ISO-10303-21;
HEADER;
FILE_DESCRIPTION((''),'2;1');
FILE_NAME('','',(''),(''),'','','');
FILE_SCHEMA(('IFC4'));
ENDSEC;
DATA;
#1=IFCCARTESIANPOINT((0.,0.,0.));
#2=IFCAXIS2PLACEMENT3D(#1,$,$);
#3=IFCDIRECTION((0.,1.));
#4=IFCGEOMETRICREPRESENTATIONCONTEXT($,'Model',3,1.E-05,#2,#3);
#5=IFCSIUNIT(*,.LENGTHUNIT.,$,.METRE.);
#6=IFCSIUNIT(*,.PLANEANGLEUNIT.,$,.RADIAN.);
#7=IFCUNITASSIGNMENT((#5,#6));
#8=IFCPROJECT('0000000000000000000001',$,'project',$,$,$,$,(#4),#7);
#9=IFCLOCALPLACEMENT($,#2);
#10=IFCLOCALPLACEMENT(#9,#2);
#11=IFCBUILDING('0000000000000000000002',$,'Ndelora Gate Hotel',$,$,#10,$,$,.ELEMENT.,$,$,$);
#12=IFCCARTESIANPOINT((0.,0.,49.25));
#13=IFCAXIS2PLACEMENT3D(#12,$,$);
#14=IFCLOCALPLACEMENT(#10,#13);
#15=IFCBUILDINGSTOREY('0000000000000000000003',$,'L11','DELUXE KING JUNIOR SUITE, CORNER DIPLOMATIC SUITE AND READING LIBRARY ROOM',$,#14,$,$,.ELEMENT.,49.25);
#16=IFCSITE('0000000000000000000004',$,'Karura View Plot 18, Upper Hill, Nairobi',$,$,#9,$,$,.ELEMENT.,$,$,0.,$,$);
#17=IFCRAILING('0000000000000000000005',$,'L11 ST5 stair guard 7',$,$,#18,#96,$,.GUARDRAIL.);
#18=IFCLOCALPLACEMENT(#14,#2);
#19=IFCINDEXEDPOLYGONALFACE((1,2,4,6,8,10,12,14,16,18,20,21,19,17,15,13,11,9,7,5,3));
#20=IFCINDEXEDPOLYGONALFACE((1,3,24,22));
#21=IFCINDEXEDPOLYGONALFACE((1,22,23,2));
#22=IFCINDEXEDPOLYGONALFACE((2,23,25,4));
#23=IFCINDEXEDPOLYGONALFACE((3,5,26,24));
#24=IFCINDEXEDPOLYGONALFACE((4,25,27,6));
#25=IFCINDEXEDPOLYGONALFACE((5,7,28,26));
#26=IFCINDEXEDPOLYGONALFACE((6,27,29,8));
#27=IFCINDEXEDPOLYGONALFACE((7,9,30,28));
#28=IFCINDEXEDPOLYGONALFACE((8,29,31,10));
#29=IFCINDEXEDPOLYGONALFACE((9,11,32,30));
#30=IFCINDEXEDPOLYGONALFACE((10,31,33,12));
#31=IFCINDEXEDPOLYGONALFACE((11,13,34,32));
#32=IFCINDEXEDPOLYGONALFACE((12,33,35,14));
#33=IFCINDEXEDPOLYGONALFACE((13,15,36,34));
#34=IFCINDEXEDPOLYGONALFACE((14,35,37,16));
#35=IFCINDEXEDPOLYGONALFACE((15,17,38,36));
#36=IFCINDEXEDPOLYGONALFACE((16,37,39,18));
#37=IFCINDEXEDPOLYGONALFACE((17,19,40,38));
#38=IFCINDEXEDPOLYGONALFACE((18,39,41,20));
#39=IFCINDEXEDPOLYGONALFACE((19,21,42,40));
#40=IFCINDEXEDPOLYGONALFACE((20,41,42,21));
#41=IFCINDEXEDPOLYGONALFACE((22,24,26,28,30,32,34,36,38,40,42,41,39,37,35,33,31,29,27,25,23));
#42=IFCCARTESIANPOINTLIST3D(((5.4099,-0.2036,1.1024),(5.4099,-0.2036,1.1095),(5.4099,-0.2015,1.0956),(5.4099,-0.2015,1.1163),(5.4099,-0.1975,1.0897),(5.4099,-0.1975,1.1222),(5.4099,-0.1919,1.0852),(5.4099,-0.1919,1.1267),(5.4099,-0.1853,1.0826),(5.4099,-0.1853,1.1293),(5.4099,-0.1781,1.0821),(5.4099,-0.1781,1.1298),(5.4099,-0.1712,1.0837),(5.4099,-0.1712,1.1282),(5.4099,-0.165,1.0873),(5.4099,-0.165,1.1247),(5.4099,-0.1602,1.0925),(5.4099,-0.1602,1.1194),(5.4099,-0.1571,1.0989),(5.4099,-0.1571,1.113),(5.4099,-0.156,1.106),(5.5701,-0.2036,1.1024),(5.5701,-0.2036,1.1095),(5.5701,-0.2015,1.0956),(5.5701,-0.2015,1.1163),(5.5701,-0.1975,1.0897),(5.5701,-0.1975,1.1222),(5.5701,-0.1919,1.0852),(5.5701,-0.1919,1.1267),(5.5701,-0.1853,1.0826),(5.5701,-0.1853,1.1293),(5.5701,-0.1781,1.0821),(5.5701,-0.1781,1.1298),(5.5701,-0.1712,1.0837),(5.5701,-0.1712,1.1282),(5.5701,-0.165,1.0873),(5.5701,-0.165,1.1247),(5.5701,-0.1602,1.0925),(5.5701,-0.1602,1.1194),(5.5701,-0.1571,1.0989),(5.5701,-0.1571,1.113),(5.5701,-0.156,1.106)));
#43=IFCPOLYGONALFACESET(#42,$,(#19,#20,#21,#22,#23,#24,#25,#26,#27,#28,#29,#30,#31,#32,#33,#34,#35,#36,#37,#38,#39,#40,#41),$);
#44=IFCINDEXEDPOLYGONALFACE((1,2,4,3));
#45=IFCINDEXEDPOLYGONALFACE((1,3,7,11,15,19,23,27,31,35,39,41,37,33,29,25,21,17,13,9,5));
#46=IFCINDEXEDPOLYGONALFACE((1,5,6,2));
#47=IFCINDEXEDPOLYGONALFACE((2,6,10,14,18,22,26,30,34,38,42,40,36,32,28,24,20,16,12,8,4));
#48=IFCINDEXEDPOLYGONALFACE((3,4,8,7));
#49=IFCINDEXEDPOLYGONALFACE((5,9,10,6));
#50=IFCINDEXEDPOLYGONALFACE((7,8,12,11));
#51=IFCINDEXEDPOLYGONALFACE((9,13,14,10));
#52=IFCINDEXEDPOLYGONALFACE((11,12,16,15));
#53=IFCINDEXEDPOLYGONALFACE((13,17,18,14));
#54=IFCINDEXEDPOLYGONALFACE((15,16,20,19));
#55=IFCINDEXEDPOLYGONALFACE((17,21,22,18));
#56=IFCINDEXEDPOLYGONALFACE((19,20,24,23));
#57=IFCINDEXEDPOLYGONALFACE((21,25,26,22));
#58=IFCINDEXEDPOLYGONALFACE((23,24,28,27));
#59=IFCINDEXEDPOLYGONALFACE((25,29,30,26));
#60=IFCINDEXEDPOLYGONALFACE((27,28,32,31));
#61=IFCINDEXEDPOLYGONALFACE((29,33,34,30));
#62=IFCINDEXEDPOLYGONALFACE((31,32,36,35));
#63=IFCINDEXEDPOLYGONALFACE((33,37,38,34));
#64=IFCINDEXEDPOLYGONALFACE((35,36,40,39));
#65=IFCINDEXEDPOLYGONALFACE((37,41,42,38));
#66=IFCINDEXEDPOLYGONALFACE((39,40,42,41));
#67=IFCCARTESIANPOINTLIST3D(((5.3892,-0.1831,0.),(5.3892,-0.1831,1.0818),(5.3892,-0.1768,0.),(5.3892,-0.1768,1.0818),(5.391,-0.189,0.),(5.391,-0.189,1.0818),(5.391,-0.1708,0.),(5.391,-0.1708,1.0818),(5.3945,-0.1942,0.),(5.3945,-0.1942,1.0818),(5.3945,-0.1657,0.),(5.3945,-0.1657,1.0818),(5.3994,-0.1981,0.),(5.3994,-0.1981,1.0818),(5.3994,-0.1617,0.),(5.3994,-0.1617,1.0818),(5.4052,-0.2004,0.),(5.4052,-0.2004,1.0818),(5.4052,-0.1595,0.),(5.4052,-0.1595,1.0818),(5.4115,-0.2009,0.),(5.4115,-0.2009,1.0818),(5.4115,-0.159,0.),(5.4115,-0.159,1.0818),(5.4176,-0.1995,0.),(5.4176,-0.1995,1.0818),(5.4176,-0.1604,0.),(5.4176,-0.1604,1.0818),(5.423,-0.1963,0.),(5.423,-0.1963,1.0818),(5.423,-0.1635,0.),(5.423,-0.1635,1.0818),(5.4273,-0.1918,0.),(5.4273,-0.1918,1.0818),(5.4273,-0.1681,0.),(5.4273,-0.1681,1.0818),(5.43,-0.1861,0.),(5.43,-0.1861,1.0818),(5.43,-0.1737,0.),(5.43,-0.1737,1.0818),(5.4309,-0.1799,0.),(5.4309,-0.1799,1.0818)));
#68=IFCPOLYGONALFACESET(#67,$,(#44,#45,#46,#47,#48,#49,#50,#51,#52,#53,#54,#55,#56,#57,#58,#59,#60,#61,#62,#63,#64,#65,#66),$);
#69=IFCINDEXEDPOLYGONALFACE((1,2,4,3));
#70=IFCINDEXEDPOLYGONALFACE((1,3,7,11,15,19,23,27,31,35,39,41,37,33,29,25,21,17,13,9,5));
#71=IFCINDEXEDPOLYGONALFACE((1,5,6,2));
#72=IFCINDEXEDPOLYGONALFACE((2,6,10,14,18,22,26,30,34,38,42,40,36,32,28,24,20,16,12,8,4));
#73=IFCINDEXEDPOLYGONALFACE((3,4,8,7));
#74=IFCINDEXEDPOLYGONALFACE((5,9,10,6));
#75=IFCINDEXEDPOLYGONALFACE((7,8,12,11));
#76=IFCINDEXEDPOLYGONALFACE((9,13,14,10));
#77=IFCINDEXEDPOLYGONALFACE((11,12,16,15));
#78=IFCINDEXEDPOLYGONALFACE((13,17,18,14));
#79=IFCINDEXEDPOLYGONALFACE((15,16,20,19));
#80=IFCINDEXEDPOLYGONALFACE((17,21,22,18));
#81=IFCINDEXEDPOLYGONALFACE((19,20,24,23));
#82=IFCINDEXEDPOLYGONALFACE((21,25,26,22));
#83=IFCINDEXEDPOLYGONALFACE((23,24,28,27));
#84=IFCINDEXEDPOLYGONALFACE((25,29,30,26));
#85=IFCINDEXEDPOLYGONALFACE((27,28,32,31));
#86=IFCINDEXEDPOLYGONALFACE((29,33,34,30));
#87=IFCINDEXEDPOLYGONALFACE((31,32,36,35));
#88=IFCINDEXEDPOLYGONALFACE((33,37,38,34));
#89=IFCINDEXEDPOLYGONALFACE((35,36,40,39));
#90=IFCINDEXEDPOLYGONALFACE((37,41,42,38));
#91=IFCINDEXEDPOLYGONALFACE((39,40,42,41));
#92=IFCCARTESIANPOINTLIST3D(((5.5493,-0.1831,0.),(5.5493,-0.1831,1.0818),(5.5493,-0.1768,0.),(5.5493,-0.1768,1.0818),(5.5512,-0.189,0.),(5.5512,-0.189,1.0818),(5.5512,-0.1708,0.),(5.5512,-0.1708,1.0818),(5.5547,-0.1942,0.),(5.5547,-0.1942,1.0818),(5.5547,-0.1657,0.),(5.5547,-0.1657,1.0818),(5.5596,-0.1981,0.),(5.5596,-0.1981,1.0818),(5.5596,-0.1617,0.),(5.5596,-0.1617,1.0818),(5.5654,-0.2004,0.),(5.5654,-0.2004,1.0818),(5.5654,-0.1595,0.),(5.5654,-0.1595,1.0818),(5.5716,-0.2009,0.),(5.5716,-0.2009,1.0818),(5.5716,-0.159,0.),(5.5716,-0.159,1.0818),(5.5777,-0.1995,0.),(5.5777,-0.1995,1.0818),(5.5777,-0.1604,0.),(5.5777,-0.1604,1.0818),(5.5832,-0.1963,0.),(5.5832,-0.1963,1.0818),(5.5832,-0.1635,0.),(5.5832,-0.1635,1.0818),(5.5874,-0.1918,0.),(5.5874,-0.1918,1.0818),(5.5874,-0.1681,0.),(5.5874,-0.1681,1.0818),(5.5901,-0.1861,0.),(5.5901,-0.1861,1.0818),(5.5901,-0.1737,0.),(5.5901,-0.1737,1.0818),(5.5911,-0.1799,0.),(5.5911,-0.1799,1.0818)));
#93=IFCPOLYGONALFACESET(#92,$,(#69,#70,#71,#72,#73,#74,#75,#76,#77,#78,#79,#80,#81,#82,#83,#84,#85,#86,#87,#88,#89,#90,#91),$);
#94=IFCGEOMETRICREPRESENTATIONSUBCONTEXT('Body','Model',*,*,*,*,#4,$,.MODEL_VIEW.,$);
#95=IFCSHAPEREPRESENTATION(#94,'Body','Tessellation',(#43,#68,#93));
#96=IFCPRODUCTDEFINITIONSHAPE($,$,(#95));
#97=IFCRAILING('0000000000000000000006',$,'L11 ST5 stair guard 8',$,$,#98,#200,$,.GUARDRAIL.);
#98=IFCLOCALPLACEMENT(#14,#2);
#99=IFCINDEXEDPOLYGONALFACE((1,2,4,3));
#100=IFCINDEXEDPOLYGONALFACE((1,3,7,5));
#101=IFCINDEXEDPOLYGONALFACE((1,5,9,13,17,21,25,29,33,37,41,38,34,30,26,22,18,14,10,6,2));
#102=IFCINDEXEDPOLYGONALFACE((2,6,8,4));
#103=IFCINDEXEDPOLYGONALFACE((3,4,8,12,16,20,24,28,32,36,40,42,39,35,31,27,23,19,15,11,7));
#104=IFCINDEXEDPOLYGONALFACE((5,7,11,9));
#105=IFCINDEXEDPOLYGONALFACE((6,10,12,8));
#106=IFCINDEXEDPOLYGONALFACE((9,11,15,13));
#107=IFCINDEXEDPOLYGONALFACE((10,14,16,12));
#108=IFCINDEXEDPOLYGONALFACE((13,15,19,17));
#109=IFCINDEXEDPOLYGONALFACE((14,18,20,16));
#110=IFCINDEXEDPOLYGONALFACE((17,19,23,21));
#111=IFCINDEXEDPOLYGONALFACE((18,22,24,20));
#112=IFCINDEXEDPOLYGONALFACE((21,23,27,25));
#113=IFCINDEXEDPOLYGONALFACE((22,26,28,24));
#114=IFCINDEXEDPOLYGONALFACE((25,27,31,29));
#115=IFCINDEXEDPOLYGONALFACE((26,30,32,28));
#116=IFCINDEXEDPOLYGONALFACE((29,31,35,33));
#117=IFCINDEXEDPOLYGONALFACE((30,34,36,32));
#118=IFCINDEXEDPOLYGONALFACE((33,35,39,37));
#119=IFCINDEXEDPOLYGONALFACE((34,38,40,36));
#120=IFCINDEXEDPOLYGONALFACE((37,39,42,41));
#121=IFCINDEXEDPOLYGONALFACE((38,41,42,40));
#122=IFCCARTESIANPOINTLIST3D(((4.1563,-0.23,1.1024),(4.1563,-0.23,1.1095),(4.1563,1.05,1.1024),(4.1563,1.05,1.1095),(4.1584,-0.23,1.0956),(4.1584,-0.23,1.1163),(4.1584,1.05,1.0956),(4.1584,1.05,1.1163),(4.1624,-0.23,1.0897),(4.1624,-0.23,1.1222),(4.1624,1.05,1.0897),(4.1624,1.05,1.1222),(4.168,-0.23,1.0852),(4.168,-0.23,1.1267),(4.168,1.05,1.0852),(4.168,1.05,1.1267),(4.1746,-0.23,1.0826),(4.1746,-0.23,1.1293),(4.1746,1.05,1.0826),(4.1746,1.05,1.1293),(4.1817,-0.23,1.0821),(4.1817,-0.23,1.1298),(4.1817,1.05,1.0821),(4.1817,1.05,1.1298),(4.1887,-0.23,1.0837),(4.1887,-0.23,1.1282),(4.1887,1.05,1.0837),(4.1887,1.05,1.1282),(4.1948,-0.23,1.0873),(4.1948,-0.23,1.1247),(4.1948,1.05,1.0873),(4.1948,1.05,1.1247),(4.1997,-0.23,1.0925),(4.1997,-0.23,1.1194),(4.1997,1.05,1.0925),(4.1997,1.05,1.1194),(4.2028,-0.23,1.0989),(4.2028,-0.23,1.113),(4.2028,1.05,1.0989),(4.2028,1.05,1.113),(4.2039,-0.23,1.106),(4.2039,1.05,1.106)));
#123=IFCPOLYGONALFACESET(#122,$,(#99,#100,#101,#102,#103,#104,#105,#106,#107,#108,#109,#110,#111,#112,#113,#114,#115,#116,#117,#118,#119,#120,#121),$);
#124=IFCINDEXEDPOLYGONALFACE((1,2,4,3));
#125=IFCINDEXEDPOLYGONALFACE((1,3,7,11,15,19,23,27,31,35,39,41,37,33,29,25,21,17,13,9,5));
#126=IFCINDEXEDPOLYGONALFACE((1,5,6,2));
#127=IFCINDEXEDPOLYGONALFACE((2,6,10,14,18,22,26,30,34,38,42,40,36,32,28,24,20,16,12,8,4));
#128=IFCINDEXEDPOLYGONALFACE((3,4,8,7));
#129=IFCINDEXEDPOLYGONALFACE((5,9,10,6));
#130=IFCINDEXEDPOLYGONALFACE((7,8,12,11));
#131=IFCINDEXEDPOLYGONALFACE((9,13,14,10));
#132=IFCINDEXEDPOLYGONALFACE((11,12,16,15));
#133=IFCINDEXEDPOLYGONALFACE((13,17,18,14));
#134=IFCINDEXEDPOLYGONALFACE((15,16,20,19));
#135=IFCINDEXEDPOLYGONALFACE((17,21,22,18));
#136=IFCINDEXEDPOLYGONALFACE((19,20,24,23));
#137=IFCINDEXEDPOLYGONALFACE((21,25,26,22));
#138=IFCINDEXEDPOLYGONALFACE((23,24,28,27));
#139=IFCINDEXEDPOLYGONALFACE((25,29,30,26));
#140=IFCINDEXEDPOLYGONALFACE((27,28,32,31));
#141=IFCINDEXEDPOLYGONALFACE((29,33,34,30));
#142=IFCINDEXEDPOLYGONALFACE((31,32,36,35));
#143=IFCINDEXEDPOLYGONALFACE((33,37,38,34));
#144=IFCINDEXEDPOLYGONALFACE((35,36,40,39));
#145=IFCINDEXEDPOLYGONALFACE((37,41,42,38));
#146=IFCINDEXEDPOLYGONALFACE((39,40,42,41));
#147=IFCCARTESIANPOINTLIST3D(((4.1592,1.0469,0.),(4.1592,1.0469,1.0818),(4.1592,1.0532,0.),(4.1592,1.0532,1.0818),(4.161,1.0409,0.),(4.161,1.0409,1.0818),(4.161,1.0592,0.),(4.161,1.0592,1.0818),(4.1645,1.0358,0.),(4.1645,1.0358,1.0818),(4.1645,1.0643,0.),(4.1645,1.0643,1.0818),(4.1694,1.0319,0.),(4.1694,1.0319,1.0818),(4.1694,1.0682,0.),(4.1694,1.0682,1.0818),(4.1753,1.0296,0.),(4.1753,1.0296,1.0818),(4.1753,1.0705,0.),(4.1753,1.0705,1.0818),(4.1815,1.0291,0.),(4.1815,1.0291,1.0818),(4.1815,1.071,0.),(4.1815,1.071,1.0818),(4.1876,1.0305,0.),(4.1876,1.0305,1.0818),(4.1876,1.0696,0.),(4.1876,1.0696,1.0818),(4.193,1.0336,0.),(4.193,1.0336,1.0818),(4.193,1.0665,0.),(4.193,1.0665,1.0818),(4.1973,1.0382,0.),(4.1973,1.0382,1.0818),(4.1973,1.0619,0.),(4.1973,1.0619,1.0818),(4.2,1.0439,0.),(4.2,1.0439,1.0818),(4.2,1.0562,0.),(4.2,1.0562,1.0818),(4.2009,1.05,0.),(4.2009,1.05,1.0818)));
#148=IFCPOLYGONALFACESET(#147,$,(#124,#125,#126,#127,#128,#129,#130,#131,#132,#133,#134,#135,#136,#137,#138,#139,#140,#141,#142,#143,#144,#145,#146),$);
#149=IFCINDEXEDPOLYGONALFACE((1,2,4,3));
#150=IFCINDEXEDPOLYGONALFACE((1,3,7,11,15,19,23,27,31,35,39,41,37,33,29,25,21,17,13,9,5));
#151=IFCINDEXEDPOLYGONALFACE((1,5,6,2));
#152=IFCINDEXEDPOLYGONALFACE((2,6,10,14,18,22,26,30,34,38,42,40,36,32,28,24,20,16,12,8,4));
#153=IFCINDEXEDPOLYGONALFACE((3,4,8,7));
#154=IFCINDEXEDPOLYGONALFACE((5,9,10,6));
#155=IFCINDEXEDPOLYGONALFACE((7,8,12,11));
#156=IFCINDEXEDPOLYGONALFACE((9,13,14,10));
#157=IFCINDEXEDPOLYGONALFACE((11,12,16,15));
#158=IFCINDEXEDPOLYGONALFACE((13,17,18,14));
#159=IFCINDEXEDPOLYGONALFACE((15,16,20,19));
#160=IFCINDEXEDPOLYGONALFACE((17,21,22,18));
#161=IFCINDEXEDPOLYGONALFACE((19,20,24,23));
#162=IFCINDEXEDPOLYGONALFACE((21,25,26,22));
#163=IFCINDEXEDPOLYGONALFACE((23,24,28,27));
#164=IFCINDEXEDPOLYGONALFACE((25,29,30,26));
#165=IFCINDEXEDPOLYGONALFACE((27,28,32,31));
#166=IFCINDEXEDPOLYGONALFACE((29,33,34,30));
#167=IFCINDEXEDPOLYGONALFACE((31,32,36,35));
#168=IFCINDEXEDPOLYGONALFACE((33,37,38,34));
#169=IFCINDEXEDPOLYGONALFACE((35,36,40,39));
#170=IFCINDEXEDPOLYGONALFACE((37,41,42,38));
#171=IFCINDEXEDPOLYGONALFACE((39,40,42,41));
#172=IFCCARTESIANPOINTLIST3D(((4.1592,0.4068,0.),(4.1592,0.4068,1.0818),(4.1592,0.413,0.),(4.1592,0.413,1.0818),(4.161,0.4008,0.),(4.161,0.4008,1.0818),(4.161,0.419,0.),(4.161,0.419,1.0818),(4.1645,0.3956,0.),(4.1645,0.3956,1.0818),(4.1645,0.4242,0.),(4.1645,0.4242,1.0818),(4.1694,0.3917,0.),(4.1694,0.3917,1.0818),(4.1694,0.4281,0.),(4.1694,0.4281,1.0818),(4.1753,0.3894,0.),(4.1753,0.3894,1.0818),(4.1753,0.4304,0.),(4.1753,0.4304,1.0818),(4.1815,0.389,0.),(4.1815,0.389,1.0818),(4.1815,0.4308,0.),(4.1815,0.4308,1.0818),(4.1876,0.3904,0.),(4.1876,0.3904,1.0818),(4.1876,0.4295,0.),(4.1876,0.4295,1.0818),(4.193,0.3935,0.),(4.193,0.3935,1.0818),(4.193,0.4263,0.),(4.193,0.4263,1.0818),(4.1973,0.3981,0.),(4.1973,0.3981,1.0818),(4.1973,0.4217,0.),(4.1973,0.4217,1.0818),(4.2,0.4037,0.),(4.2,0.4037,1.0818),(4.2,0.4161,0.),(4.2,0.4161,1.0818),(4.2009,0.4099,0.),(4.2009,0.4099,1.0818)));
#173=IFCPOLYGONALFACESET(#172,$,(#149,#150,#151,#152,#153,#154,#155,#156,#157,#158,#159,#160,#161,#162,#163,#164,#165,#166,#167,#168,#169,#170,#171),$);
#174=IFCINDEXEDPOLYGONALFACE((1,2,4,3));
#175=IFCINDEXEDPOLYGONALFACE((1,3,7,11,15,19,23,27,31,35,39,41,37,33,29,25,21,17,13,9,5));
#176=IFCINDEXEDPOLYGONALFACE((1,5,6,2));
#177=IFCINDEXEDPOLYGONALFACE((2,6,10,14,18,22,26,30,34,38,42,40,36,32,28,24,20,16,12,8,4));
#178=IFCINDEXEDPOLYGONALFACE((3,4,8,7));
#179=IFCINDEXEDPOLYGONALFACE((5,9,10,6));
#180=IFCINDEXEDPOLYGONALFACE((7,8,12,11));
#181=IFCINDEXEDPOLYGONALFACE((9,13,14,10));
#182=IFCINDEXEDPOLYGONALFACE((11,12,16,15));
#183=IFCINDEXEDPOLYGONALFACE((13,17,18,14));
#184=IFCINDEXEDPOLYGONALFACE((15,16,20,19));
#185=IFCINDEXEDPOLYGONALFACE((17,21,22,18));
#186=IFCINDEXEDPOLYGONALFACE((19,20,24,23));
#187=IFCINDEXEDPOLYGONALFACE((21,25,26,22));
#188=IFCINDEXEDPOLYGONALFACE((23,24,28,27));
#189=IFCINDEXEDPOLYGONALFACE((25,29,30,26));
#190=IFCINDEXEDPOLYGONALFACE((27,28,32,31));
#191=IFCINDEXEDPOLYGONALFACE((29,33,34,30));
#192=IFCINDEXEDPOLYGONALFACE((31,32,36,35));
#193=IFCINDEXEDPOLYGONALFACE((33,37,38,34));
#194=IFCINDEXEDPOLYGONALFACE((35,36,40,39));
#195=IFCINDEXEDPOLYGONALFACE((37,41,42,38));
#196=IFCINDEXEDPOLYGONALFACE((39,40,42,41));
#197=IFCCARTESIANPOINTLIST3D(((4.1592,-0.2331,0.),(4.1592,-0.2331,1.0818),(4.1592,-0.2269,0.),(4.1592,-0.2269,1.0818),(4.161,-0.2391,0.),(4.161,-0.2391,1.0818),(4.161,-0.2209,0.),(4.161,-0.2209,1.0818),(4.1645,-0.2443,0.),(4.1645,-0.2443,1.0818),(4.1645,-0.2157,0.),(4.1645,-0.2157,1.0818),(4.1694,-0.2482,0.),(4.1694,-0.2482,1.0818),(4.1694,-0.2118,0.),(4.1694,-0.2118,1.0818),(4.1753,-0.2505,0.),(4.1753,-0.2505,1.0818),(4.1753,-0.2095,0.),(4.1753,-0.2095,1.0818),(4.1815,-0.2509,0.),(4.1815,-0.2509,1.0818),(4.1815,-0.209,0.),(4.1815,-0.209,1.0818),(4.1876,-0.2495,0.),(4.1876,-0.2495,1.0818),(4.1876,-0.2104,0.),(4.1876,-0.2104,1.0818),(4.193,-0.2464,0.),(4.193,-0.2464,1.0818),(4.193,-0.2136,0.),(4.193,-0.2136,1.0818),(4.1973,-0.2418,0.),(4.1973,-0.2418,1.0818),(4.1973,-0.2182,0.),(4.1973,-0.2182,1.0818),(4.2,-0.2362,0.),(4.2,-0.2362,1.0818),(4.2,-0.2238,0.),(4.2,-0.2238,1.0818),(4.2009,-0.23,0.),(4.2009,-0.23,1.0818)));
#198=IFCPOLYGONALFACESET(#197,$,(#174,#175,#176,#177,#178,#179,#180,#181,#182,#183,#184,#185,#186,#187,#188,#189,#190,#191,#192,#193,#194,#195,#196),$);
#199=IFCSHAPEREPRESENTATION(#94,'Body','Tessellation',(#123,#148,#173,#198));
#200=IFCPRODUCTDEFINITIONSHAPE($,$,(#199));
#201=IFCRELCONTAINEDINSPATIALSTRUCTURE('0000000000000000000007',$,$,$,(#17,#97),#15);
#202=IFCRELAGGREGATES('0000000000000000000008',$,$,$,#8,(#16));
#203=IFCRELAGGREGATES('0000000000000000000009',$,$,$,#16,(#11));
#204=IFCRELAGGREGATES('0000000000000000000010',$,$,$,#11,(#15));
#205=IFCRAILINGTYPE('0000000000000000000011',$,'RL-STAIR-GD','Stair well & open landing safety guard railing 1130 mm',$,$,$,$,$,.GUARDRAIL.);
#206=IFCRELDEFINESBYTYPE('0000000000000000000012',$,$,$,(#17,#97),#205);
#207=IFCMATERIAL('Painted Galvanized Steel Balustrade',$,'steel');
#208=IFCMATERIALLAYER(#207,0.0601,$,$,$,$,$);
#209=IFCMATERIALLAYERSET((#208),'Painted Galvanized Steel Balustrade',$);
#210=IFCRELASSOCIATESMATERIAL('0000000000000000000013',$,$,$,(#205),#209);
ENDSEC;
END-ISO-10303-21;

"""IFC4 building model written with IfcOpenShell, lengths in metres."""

from ifc_helpers import new_model, si_unit, direction, frame, origin, origin_2d, place, context, subcontext, project, spatial, circle, extrude, material, layer, layer_set, type_object, element, save


model = new_model("IFC4")

# Units and contexts
model_context = context("Model", 3, precision=1e-05, world=origin(), true_north=direction((0.0, 1.0)))
body_context = subcontext(model_context, "Body", "Model", "MODEL_VIEW")
ifc_project = project(units=[si_unit("LENGTHUNIT", "METRE"), si_unit("PLANEANGLEUNIT", "RADIAN")], contexts=[model_context])

# Site, building, storey
site_placement = place(None, origin())
site = spatial("IfcSite", under=ifc_project, at=site_placement, Name="Karura View Plot 18, Upper Hill, Nairobi", CompositionType="ELEMENT", RefElevation=0.0)
building_placement = place(site_placement, origin())
building = spatial("IfcBuilding", under=site, at=building_placement, Name="Ndelora Gate Hotel", CompositionType="ELEMENT")
storey_placement = place(building_placement, frame((0.0, 0.0, 49.25)))
storey = spatial("IfcBuildingStorey", under=building, at=storey_placement, Name="L11", Description="DELUXE KING JUNIOR SUITE, CORNER DIPLOMATIC SUITE AND READING LIBRARY ROOM", CompositionType="ELEMENT", Elevation=49.25)

# Railings
ifc_material_1 = material(Name="Painted Galvanized Steel Balustrade", Category="steel")
ifc_layer_1 = layer(ifc_material_1, 0.0601)
ifc_layer_set_1 = layer_set([ifc_layer_1], Name="Painted Galvanized Steel Balustrade")
railing_type_1 = type_object("IfcRailingType", Name="RL-STAIR-GD", Description="Stair well & open landing safety guard railing 1130 mm", PredefinedType="GUARDRAIL", material=ifc_layer_set_1)
railing_1_placement = place(storey_placement, frame((5.4099, -0.1799, 0.0)))
element("IfcRailing", 1, at=railing_1_placement, inside=storey, type_object=railing_type_1, Name="L11 ST5 stair guard 7", PredefinedType="GUARDRAIL", context=body_context, shape_type="SweptSolid", body=[
    extrude(circle(Radius=0.0239, at=origin_2d()), frame((0.0, 0.0, 1.106), z_axis=(1.0, 0.0, 0.0), x_axis=(0.0, 1.0, 0.0)), (0.0, 0.0, 1.0), 0.1602),
    extrude(circle(Radius=0.021, at=origin_2d()), origin(), (0.0, 0.0, 1.0), 1.0818),
    extrude(circle(Radius=0.021, at=origin_2d()), frame((0.1602, 0.0, 0.0)), (0.0, 0.0, 1.0), 1.0818),
])
railing_2_placement = place(storey_placement, frame((4.1799, 1.05, 0.0)))
element("IfcRailing", 2, at=railing_2_placement, inside=storey, type_object=railing_type_1, Name="L11 ST5 stair guard 8", PredefinedType="GUARDRAIL", context=body_context, shape_type="SweptSolid", body=[
    extrude(circle(Radius=0.0239, at=origin_2d()), frame((0.0, 0.0, 1.106), z_axis=(0.0, -1.0, 0.0), x_axis=(1.0, 0.0, 0.0)), (0.0, 0.0, 1.0), 1.28),
    extrude(circle(Radius=0.021, at=origin_2d()), origin(), (0.0, 0.0, 1.0), 1.0818),
    extrude(circle(Radius=0.021, at=origin_2d()), frame((0.0, -0.6401, 0.0)), (0.0, 0.0, 1.0), 1.0818),
    extrude(circle(Radius=0.021, at=origin_2d()), frame((0.0, -1.28, 0.0)), (0.0, 0.0, 1.0), 1.0818),
])

save(model, "model.ifc")
